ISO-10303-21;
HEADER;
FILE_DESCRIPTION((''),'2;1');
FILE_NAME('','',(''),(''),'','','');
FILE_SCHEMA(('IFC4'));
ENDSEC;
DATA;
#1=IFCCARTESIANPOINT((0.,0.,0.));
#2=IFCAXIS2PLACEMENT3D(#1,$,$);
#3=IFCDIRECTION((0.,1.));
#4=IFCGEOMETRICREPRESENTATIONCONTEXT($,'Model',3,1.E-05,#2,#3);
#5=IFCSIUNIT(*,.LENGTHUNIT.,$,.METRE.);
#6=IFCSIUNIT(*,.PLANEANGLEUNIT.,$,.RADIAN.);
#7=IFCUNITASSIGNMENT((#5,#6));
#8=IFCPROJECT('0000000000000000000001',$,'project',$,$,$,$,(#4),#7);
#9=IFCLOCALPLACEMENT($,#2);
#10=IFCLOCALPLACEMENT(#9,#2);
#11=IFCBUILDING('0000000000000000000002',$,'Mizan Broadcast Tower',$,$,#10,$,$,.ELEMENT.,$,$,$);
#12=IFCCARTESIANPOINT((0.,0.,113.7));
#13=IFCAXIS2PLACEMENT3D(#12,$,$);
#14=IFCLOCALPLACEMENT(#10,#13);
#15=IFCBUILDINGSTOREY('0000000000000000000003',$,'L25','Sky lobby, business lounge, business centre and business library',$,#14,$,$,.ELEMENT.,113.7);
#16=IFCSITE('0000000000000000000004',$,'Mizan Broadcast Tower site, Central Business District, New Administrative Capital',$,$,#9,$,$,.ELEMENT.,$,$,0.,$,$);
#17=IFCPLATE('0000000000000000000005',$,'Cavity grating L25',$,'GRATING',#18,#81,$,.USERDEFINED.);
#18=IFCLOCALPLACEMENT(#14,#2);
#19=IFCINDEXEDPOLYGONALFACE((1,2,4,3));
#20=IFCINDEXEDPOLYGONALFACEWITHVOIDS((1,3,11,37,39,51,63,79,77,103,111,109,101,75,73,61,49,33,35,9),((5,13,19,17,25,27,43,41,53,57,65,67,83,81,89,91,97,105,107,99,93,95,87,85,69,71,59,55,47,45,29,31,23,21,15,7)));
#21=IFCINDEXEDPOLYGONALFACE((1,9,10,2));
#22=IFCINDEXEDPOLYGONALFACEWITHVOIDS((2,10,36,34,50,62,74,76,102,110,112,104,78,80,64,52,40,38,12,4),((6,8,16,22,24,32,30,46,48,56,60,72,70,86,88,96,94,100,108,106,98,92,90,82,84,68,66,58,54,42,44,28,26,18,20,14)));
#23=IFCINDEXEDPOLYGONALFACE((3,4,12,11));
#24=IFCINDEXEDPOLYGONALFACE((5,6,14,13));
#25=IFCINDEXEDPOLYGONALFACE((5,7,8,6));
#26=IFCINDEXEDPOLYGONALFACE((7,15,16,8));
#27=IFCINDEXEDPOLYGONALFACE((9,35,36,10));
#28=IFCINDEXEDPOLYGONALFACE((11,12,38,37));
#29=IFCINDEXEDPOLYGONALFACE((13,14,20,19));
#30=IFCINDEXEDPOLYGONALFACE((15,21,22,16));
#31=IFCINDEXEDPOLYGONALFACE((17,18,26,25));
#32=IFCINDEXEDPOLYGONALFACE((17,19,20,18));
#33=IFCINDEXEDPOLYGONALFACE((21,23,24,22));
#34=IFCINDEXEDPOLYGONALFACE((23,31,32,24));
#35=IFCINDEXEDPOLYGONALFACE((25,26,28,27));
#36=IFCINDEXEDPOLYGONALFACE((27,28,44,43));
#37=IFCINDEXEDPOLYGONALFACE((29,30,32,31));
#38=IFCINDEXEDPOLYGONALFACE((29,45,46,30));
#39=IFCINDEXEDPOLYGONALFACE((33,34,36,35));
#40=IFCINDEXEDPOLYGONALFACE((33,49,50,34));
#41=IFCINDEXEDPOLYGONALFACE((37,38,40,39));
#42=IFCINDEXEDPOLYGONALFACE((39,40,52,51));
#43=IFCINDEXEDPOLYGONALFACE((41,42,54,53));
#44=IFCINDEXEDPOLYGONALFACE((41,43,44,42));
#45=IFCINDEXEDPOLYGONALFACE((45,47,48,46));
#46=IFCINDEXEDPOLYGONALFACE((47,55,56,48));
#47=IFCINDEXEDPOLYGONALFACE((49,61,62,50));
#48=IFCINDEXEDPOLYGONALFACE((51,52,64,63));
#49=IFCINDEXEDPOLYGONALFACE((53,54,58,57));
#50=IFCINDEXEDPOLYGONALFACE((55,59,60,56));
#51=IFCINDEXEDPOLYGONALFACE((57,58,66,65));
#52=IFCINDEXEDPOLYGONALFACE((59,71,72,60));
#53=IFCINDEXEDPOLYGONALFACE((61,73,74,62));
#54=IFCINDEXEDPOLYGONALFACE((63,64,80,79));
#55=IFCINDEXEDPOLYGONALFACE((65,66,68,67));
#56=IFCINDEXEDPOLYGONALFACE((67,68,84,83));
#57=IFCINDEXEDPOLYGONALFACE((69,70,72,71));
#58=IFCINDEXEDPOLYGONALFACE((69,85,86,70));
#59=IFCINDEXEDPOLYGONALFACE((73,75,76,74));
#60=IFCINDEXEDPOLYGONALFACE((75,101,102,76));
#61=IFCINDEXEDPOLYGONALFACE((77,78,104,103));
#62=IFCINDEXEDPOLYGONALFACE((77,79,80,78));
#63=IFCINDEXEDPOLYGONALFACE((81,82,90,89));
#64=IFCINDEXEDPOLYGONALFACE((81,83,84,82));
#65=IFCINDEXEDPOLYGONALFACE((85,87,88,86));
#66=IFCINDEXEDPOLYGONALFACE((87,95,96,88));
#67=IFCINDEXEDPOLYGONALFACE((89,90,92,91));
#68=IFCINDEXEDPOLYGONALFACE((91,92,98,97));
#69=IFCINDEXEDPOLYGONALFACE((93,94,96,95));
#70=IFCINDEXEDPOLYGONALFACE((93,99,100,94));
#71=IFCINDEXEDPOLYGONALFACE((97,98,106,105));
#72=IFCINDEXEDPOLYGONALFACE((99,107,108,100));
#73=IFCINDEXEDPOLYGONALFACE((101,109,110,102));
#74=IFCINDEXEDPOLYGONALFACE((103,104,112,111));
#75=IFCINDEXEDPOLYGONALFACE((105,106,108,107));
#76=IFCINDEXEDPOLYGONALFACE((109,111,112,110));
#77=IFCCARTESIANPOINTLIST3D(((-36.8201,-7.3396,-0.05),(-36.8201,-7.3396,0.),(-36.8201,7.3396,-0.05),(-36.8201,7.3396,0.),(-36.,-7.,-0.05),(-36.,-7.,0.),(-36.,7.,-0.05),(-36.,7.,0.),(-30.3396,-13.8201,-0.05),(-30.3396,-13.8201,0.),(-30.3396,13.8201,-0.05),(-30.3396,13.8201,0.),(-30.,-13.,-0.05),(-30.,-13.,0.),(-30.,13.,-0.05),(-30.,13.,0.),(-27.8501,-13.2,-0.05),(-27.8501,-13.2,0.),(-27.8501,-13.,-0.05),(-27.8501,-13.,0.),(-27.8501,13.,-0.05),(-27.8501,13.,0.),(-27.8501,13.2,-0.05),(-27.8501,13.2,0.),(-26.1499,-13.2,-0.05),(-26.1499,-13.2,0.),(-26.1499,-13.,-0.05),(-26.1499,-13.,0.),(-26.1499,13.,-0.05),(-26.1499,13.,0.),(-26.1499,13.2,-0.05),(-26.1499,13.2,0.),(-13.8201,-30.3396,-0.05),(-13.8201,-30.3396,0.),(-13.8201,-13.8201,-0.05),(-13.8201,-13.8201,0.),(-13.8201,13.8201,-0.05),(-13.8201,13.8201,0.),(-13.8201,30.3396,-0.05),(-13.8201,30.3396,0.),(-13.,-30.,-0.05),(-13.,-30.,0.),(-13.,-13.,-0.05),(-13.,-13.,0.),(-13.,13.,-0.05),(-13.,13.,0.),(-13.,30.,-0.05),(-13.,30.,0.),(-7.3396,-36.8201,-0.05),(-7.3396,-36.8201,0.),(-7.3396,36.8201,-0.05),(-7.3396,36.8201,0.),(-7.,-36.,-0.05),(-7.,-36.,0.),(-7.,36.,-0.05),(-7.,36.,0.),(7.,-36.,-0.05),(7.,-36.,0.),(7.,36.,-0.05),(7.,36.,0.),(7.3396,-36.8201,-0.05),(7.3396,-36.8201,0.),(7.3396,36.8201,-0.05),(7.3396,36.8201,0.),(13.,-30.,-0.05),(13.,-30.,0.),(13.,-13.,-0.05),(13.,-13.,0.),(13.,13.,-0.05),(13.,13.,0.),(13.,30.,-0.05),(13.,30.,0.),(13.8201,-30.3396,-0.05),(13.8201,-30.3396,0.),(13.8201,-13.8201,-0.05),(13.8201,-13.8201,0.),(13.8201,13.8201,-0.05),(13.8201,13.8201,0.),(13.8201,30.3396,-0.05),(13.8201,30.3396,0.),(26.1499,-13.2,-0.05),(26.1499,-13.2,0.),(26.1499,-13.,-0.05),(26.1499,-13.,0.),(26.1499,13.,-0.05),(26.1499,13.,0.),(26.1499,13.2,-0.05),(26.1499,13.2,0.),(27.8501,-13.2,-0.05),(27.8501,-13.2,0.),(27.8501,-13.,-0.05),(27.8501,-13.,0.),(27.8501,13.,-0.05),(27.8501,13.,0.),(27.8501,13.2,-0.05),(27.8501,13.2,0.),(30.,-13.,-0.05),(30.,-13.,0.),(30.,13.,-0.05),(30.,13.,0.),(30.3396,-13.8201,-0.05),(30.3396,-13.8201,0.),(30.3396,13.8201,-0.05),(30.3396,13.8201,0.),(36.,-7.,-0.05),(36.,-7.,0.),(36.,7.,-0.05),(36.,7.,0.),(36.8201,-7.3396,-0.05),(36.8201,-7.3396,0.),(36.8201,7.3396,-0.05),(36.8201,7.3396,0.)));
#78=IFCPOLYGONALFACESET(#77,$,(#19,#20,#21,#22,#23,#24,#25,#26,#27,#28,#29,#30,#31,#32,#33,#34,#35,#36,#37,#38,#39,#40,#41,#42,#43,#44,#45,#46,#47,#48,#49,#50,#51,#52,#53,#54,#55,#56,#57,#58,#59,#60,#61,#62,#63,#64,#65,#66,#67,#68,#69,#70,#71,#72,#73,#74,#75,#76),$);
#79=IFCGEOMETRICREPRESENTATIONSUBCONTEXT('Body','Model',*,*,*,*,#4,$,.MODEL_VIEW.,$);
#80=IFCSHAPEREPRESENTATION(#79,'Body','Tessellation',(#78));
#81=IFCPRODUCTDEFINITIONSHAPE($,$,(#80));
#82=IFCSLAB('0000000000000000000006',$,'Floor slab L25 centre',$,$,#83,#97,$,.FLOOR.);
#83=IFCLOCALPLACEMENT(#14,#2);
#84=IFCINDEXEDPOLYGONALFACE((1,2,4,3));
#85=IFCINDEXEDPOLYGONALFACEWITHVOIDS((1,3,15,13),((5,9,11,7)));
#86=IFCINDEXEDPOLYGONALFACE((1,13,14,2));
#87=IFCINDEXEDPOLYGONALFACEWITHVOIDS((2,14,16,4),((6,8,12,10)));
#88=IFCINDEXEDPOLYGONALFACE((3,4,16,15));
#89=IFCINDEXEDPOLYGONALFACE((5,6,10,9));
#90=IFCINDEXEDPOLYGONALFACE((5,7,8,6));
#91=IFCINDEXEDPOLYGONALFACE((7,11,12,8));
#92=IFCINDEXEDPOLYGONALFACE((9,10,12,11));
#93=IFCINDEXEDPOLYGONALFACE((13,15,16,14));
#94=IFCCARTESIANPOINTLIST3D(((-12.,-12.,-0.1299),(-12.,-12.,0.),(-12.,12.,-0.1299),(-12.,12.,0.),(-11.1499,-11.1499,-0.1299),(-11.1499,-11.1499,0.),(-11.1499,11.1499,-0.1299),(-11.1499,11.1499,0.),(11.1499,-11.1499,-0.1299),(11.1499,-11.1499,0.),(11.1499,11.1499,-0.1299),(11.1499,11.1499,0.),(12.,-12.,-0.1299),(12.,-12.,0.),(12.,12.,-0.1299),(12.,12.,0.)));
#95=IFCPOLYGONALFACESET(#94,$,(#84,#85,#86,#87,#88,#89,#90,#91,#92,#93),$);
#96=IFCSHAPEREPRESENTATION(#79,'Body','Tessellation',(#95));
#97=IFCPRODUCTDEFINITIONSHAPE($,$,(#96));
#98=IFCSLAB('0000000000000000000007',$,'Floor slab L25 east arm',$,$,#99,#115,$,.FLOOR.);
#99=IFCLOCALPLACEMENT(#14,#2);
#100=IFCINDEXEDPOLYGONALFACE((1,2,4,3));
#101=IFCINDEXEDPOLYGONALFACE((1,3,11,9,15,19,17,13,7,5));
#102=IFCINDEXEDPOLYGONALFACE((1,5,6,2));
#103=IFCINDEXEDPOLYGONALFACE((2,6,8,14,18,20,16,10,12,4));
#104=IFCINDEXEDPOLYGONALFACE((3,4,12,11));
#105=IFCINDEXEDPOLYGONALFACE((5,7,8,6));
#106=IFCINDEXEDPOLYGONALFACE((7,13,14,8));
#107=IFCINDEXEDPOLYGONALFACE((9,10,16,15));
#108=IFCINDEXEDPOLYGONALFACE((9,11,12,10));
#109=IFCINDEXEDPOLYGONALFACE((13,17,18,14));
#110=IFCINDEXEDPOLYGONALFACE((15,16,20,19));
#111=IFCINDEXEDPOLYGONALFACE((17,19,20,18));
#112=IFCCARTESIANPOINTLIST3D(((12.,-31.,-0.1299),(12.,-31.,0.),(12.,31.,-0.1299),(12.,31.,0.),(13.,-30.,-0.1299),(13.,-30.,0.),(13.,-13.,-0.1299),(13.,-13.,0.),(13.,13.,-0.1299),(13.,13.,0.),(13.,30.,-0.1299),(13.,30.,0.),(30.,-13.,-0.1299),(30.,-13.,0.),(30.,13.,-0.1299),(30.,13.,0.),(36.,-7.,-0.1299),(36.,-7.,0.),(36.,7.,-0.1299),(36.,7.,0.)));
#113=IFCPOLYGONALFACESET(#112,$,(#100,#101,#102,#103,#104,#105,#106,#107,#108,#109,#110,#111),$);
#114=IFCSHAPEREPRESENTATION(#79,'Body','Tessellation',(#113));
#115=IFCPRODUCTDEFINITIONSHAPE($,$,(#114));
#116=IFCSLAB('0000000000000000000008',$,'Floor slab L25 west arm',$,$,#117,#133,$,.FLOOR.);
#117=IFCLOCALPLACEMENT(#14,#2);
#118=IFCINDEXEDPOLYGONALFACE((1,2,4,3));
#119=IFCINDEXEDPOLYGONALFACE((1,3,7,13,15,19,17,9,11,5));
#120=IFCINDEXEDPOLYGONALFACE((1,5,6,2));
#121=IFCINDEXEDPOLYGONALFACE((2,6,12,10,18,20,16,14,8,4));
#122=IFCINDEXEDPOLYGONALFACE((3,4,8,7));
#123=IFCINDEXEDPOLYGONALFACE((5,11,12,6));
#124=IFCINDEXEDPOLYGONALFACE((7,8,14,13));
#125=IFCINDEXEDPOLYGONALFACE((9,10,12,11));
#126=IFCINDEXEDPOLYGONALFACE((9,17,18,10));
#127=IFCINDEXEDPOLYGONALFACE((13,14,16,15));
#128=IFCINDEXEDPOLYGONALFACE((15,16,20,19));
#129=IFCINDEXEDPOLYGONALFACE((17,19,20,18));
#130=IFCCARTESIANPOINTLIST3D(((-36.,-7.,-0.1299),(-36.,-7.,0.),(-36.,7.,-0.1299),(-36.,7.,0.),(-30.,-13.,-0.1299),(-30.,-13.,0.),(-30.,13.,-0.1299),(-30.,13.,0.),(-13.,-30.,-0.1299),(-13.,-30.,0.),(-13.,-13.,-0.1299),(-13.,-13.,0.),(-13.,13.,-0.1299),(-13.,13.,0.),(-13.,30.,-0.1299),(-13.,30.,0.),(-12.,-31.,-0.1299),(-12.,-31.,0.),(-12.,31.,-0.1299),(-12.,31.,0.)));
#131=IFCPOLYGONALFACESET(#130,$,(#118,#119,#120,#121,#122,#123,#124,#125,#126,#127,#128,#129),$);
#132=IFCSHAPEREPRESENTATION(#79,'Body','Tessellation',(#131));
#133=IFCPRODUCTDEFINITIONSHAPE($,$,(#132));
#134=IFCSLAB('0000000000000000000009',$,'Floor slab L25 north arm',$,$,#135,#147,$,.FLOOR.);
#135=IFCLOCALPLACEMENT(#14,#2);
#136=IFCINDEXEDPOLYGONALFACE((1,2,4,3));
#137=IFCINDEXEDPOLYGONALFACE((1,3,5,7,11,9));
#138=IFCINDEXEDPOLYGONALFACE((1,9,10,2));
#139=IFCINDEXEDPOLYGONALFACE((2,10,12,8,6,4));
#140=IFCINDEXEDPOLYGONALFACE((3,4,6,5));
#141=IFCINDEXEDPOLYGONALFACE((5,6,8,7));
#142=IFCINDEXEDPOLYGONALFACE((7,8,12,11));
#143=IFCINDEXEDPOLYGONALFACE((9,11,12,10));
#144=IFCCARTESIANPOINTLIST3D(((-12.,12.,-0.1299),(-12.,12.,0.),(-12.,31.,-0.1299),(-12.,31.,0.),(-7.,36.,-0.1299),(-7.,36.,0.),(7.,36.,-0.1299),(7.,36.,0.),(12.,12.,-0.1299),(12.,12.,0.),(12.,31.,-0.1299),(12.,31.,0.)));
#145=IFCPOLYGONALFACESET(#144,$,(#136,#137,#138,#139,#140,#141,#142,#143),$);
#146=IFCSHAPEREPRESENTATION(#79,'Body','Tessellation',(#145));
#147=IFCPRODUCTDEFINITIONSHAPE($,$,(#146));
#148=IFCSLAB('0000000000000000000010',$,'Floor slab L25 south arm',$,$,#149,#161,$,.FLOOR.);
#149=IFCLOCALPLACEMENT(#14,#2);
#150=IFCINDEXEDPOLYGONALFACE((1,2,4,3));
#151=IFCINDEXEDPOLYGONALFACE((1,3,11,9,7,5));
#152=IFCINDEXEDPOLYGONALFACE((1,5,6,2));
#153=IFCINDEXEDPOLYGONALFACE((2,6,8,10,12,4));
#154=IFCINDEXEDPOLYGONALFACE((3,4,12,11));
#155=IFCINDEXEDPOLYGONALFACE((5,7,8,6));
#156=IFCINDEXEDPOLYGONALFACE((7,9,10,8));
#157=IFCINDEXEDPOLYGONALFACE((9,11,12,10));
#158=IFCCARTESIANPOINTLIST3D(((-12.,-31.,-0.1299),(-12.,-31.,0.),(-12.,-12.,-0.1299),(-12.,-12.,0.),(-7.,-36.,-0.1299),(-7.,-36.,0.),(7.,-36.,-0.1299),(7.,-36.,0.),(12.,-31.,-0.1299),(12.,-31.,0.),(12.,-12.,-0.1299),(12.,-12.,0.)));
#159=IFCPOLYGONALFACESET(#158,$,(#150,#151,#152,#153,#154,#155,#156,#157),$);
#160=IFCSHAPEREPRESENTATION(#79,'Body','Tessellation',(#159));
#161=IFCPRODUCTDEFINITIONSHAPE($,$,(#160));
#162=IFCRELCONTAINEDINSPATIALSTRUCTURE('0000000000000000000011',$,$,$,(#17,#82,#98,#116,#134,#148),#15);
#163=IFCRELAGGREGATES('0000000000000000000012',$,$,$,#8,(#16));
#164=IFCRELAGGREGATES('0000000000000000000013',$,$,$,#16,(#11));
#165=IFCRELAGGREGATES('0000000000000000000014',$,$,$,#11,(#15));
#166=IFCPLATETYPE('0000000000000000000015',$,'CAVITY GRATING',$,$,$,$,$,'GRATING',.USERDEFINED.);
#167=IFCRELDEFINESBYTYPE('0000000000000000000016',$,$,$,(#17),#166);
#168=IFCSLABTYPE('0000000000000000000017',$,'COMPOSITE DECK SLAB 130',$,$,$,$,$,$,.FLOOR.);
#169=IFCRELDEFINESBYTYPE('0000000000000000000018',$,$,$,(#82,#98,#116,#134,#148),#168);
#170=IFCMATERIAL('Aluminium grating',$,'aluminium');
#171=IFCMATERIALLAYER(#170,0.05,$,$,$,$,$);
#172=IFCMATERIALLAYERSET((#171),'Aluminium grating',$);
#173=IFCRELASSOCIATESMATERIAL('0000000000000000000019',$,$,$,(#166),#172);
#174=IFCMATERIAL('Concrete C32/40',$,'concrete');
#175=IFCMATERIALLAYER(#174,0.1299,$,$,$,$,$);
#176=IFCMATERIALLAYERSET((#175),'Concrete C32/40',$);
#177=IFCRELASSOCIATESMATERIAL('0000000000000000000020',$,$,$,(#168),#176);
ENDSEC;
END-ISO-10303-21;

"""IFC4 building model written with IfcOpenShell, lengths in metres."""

from ifc_helpers import new_model, si_unit, direction, frame, origin, place, context, subcontext, project, spatial, polyline, outline, extrude, material, layer, layer_set, type_object, element, save


model = new_model("IFC4")

# Units and contexts
model_context = context("Model", 3, precision=1e-05, world=origin(), true_north=direction((0.0, 1.0)))
body_context = subcontext(model_context, "Body", "Model", "MODEL_VIEW")
ifc_project = project(units=[si_unit("LENGTHUNIT", "METRE"), si_unit("PLANEANGLEUNIT", "RADIAN")], contexts=[model_context])

# Site, building, storey
site_placement = place(None, origin())
site = spatial("IfcSite", under=ifc_project, at=site_placement, Name="Mizan Broadcast Tower site, Central Business District, New Administrative Capital", CompositionType="ELEMENT", RefElevation=0.0)
building_placement = place(site_placement, origin())
building = spatial("IfcBuilding", under=site, at=building_placement, Name="Mizan Broadcast Tower", CompositionType="ELEMENT")
storey_placement = place(building_placement, frame((0.0, 0.0, 113.7)))
storey = spatial("IfcBuildingStorey", under=building, at=storey_placement, Name="L25", Description="Sky lobby, business lounge, business centre and business library", CompositionType="ELEMENT", Elevation=113.7)

# Plate
ifc_material_1 = material(Name="Aluminium grating", Category="aluminium")
ifc_layer_1 = layer(ifc_material_1, 0.05)
ifc_layer_set_1 = layer_set([ifc_layer_1], Name="Aluminium grating")
plate_type = type_object("IfcPlateType", Name="CAVITY GRATING", ElementType="GRATING", PredefinedType="USERDEFINED", material=ifc_layer_set_1)
plate_placement = place(storey_placement, frame((0.0, 0.0, -0.05)))
element("IfcPlate", 1, at=plate_placement, inside=storey, type_object=plate_type, Name="Cavity grating L25", ObjectType="GRATING", PredefinedType="USERDEFINED", context=body_context, shape_type="SweptSolid", body=[
    extrude(outline(polyline([(7.3396, -36.8201), (13.8201, -30.3396), (13.8201, -13.8201), (30.3396, -13.8201), (36.8201, -7.3396), (36.8201, 7.3396), (30.3396, 13.8201), (13.8201, 13.8201), (13.8201, 30.3396), (7.3396, 36.8201), (-7.3396, 36.8201), (-13.8201, 30.3396), (-13.8201, 13.8201), (-30.3396, 13.8201), (-36.8201, 7.3396), (-36.8201, -7.3396), (-30.3396, -13.8201), (-13.8201, -13.8201), (-13.8201, -30.3396), (-7.3396, -36.8201), (7.3396, -36.8201)]), holes=[polyline([(36.0, -7.0), (30.0, -13.0), (27.8501, -13.0), (27.8501, -13.2), (26.1499, -13.2), (26.1499, -13.0), (13.0, -13.0), (13.0, -30.0), (7.0, -36.0), (-7.0, -36.0), (-13.0, -30.0), (-13.0, -13.0), (-26.1499, -13.0), (-26.1499, -13.2), (-27.8501, -13.2), (-27.8501, -13.0), (-30.0, -13.0), (-36.0, -7.0), (-36.0, 7.0), (-30.0, 13.0), (-27.8501, 13.0), (-27.8501, 13.2), (-26.1499, 13.2), (-26.1499, 13.0), (-13.0, 13.0), (-13.0, 30.0), (-7.0, 36.0), (7.0, 36.0), (13.0, 30.0), (13.0, 13.0), (26.1499, 13.0), (26.1499, 13.2), (27.8501, 13.2), (27.8501, 13.0), (30.0, 13.0), (36.0, 7.0), (36.0, -7.0)])]), origin(), (0.0, 0.0, 1.0), 0.05),
])

# Slabs
ifc_material_2 = material(Name="Concrete C32/40", Category="concrete")
ifc_layer_2 = layer(ifc_material_2, 0.1299)
ifc_layer_set_2 = layer_set([ifc_layer_2], Name="Concrete C32/40")
slab_type_1 = type_object("IfcSlabType", Name="COMPOSITE DECK SLAB 130", PredefinedType="FLOOR", material=ifc_layer_set_2)
slab_1_placement = place(storey_placement, frame((0.0, 0.0, -0.1299)))
element("IfcSlab", 2, at=slab_1_placement, inside=storey, type_object=slab_type_1, Name="Floor slab L25 centre", PredefinedType="FLOOR", context=body_context, shape_type="SweptSolid", body=[
    extrude(outline(polyline([(-12.0, -12.0), (12.0, -12.0), (12.0, 12.0), (-12.0, 12.0), (-12.0, -12.0)]), holes=[polyline([(-11.1499, 11.1499), (11.1499, 11.1499), (11.1499, -11.1499), (-11.1499, -11.1499), (-11.1499, 11.1499)])]), origin(), (0.0, 0.0, 1.0), 0.1299),
])
slab_2_placement = place(storey_placement, frame((0.0, 0.0, -0.1299)))
element("IfcSlab", 3, at=slab_2_placement, inside=storey, type_object=slab_type_1, Name="Floor slab L25 east arm", PredefinedType="FLOOR", context=body_context, shape_type="SweptSolid", body=[
    extrude(outline(polyline([(12.0, -31.0), (13.0, -30.0), (13.0, -13.0), (30.0, -13.0), (36.0, -7.0), (36.0, 7.0), (30.0, 13.0), (13.0, 13.0), (13.0, 30.0), (12.0, 31.0), (12.0, -31.0)])), origin(), (0.0, 0.0, 1.0), 0.1299),
])
slab_3_placement = place(storey_placement, frame((0.0, 0.0, -0.1299)))
element("IfcSlab", 4, at=slab_3_placement, inside=storey, type_object=slab_type_1, Name="Floor slab L25 west arm", PredefinedType="FLOOR", context=body_context, shape_type="SweptSolid", body=[
    extrude(outline(polyline([(-13.0, -30.0), (-12.0, -31.0), (-12.0, 31.0), (-13.0, 30.0), (-13.0, 13.0), (-30.0, 13.0), (-36.0, 7.0), (-36.0, -7.0), (-30.0, -13.0), (-13.0, -13.0), (-13.0, -30.0)])), origin(), (0.0, 0.0, 1.0), 0.1299),
])
slab_4_placement = place(storey_placement, frame((0.0, 0.0, -0.1299)))
element("IfcSlab", 5, at=slab_4_placement, inside=storey, type_object=slab_type_1, Name="Floor slab L25 north arm", PredefinedType="FLOOR", context=body_context, shape_type="SweptSolid", body=[
    extrude(outline(polyline([(-7.0, 36.0), (-12.0, 31.0), (-12.0, 12.0), (12.0, 12.0), (12.0, 31.0), (7.0, 36.0), (-7.0, 36.0)])), origin(), (0.0, 0.0, 1.0), 0.1299),
])
slab_5_placement = place(storey_placement, frame((0.0, 0.0, -0.1299)))
element("IfcSlab", 6, at=slab_5_placement, inside=storey, type_object=slab_type_1, Name="Floor slab L25 south arm", PredefinedType="FLOOR", context=body_context, shape_type="SweptSolid", body=[
    extrude(outline(polyline([(7.0, -36.0), (12.0, -31.0), (12.0, -12.0), (-12.0, -12.0), (-12.0, -31.0), (-7.0, -36.0), (7.0, -36.0)])), origin(), (0.0, 0.0, 1.0), 0.1299),
])

save(model, "model.ifc")
